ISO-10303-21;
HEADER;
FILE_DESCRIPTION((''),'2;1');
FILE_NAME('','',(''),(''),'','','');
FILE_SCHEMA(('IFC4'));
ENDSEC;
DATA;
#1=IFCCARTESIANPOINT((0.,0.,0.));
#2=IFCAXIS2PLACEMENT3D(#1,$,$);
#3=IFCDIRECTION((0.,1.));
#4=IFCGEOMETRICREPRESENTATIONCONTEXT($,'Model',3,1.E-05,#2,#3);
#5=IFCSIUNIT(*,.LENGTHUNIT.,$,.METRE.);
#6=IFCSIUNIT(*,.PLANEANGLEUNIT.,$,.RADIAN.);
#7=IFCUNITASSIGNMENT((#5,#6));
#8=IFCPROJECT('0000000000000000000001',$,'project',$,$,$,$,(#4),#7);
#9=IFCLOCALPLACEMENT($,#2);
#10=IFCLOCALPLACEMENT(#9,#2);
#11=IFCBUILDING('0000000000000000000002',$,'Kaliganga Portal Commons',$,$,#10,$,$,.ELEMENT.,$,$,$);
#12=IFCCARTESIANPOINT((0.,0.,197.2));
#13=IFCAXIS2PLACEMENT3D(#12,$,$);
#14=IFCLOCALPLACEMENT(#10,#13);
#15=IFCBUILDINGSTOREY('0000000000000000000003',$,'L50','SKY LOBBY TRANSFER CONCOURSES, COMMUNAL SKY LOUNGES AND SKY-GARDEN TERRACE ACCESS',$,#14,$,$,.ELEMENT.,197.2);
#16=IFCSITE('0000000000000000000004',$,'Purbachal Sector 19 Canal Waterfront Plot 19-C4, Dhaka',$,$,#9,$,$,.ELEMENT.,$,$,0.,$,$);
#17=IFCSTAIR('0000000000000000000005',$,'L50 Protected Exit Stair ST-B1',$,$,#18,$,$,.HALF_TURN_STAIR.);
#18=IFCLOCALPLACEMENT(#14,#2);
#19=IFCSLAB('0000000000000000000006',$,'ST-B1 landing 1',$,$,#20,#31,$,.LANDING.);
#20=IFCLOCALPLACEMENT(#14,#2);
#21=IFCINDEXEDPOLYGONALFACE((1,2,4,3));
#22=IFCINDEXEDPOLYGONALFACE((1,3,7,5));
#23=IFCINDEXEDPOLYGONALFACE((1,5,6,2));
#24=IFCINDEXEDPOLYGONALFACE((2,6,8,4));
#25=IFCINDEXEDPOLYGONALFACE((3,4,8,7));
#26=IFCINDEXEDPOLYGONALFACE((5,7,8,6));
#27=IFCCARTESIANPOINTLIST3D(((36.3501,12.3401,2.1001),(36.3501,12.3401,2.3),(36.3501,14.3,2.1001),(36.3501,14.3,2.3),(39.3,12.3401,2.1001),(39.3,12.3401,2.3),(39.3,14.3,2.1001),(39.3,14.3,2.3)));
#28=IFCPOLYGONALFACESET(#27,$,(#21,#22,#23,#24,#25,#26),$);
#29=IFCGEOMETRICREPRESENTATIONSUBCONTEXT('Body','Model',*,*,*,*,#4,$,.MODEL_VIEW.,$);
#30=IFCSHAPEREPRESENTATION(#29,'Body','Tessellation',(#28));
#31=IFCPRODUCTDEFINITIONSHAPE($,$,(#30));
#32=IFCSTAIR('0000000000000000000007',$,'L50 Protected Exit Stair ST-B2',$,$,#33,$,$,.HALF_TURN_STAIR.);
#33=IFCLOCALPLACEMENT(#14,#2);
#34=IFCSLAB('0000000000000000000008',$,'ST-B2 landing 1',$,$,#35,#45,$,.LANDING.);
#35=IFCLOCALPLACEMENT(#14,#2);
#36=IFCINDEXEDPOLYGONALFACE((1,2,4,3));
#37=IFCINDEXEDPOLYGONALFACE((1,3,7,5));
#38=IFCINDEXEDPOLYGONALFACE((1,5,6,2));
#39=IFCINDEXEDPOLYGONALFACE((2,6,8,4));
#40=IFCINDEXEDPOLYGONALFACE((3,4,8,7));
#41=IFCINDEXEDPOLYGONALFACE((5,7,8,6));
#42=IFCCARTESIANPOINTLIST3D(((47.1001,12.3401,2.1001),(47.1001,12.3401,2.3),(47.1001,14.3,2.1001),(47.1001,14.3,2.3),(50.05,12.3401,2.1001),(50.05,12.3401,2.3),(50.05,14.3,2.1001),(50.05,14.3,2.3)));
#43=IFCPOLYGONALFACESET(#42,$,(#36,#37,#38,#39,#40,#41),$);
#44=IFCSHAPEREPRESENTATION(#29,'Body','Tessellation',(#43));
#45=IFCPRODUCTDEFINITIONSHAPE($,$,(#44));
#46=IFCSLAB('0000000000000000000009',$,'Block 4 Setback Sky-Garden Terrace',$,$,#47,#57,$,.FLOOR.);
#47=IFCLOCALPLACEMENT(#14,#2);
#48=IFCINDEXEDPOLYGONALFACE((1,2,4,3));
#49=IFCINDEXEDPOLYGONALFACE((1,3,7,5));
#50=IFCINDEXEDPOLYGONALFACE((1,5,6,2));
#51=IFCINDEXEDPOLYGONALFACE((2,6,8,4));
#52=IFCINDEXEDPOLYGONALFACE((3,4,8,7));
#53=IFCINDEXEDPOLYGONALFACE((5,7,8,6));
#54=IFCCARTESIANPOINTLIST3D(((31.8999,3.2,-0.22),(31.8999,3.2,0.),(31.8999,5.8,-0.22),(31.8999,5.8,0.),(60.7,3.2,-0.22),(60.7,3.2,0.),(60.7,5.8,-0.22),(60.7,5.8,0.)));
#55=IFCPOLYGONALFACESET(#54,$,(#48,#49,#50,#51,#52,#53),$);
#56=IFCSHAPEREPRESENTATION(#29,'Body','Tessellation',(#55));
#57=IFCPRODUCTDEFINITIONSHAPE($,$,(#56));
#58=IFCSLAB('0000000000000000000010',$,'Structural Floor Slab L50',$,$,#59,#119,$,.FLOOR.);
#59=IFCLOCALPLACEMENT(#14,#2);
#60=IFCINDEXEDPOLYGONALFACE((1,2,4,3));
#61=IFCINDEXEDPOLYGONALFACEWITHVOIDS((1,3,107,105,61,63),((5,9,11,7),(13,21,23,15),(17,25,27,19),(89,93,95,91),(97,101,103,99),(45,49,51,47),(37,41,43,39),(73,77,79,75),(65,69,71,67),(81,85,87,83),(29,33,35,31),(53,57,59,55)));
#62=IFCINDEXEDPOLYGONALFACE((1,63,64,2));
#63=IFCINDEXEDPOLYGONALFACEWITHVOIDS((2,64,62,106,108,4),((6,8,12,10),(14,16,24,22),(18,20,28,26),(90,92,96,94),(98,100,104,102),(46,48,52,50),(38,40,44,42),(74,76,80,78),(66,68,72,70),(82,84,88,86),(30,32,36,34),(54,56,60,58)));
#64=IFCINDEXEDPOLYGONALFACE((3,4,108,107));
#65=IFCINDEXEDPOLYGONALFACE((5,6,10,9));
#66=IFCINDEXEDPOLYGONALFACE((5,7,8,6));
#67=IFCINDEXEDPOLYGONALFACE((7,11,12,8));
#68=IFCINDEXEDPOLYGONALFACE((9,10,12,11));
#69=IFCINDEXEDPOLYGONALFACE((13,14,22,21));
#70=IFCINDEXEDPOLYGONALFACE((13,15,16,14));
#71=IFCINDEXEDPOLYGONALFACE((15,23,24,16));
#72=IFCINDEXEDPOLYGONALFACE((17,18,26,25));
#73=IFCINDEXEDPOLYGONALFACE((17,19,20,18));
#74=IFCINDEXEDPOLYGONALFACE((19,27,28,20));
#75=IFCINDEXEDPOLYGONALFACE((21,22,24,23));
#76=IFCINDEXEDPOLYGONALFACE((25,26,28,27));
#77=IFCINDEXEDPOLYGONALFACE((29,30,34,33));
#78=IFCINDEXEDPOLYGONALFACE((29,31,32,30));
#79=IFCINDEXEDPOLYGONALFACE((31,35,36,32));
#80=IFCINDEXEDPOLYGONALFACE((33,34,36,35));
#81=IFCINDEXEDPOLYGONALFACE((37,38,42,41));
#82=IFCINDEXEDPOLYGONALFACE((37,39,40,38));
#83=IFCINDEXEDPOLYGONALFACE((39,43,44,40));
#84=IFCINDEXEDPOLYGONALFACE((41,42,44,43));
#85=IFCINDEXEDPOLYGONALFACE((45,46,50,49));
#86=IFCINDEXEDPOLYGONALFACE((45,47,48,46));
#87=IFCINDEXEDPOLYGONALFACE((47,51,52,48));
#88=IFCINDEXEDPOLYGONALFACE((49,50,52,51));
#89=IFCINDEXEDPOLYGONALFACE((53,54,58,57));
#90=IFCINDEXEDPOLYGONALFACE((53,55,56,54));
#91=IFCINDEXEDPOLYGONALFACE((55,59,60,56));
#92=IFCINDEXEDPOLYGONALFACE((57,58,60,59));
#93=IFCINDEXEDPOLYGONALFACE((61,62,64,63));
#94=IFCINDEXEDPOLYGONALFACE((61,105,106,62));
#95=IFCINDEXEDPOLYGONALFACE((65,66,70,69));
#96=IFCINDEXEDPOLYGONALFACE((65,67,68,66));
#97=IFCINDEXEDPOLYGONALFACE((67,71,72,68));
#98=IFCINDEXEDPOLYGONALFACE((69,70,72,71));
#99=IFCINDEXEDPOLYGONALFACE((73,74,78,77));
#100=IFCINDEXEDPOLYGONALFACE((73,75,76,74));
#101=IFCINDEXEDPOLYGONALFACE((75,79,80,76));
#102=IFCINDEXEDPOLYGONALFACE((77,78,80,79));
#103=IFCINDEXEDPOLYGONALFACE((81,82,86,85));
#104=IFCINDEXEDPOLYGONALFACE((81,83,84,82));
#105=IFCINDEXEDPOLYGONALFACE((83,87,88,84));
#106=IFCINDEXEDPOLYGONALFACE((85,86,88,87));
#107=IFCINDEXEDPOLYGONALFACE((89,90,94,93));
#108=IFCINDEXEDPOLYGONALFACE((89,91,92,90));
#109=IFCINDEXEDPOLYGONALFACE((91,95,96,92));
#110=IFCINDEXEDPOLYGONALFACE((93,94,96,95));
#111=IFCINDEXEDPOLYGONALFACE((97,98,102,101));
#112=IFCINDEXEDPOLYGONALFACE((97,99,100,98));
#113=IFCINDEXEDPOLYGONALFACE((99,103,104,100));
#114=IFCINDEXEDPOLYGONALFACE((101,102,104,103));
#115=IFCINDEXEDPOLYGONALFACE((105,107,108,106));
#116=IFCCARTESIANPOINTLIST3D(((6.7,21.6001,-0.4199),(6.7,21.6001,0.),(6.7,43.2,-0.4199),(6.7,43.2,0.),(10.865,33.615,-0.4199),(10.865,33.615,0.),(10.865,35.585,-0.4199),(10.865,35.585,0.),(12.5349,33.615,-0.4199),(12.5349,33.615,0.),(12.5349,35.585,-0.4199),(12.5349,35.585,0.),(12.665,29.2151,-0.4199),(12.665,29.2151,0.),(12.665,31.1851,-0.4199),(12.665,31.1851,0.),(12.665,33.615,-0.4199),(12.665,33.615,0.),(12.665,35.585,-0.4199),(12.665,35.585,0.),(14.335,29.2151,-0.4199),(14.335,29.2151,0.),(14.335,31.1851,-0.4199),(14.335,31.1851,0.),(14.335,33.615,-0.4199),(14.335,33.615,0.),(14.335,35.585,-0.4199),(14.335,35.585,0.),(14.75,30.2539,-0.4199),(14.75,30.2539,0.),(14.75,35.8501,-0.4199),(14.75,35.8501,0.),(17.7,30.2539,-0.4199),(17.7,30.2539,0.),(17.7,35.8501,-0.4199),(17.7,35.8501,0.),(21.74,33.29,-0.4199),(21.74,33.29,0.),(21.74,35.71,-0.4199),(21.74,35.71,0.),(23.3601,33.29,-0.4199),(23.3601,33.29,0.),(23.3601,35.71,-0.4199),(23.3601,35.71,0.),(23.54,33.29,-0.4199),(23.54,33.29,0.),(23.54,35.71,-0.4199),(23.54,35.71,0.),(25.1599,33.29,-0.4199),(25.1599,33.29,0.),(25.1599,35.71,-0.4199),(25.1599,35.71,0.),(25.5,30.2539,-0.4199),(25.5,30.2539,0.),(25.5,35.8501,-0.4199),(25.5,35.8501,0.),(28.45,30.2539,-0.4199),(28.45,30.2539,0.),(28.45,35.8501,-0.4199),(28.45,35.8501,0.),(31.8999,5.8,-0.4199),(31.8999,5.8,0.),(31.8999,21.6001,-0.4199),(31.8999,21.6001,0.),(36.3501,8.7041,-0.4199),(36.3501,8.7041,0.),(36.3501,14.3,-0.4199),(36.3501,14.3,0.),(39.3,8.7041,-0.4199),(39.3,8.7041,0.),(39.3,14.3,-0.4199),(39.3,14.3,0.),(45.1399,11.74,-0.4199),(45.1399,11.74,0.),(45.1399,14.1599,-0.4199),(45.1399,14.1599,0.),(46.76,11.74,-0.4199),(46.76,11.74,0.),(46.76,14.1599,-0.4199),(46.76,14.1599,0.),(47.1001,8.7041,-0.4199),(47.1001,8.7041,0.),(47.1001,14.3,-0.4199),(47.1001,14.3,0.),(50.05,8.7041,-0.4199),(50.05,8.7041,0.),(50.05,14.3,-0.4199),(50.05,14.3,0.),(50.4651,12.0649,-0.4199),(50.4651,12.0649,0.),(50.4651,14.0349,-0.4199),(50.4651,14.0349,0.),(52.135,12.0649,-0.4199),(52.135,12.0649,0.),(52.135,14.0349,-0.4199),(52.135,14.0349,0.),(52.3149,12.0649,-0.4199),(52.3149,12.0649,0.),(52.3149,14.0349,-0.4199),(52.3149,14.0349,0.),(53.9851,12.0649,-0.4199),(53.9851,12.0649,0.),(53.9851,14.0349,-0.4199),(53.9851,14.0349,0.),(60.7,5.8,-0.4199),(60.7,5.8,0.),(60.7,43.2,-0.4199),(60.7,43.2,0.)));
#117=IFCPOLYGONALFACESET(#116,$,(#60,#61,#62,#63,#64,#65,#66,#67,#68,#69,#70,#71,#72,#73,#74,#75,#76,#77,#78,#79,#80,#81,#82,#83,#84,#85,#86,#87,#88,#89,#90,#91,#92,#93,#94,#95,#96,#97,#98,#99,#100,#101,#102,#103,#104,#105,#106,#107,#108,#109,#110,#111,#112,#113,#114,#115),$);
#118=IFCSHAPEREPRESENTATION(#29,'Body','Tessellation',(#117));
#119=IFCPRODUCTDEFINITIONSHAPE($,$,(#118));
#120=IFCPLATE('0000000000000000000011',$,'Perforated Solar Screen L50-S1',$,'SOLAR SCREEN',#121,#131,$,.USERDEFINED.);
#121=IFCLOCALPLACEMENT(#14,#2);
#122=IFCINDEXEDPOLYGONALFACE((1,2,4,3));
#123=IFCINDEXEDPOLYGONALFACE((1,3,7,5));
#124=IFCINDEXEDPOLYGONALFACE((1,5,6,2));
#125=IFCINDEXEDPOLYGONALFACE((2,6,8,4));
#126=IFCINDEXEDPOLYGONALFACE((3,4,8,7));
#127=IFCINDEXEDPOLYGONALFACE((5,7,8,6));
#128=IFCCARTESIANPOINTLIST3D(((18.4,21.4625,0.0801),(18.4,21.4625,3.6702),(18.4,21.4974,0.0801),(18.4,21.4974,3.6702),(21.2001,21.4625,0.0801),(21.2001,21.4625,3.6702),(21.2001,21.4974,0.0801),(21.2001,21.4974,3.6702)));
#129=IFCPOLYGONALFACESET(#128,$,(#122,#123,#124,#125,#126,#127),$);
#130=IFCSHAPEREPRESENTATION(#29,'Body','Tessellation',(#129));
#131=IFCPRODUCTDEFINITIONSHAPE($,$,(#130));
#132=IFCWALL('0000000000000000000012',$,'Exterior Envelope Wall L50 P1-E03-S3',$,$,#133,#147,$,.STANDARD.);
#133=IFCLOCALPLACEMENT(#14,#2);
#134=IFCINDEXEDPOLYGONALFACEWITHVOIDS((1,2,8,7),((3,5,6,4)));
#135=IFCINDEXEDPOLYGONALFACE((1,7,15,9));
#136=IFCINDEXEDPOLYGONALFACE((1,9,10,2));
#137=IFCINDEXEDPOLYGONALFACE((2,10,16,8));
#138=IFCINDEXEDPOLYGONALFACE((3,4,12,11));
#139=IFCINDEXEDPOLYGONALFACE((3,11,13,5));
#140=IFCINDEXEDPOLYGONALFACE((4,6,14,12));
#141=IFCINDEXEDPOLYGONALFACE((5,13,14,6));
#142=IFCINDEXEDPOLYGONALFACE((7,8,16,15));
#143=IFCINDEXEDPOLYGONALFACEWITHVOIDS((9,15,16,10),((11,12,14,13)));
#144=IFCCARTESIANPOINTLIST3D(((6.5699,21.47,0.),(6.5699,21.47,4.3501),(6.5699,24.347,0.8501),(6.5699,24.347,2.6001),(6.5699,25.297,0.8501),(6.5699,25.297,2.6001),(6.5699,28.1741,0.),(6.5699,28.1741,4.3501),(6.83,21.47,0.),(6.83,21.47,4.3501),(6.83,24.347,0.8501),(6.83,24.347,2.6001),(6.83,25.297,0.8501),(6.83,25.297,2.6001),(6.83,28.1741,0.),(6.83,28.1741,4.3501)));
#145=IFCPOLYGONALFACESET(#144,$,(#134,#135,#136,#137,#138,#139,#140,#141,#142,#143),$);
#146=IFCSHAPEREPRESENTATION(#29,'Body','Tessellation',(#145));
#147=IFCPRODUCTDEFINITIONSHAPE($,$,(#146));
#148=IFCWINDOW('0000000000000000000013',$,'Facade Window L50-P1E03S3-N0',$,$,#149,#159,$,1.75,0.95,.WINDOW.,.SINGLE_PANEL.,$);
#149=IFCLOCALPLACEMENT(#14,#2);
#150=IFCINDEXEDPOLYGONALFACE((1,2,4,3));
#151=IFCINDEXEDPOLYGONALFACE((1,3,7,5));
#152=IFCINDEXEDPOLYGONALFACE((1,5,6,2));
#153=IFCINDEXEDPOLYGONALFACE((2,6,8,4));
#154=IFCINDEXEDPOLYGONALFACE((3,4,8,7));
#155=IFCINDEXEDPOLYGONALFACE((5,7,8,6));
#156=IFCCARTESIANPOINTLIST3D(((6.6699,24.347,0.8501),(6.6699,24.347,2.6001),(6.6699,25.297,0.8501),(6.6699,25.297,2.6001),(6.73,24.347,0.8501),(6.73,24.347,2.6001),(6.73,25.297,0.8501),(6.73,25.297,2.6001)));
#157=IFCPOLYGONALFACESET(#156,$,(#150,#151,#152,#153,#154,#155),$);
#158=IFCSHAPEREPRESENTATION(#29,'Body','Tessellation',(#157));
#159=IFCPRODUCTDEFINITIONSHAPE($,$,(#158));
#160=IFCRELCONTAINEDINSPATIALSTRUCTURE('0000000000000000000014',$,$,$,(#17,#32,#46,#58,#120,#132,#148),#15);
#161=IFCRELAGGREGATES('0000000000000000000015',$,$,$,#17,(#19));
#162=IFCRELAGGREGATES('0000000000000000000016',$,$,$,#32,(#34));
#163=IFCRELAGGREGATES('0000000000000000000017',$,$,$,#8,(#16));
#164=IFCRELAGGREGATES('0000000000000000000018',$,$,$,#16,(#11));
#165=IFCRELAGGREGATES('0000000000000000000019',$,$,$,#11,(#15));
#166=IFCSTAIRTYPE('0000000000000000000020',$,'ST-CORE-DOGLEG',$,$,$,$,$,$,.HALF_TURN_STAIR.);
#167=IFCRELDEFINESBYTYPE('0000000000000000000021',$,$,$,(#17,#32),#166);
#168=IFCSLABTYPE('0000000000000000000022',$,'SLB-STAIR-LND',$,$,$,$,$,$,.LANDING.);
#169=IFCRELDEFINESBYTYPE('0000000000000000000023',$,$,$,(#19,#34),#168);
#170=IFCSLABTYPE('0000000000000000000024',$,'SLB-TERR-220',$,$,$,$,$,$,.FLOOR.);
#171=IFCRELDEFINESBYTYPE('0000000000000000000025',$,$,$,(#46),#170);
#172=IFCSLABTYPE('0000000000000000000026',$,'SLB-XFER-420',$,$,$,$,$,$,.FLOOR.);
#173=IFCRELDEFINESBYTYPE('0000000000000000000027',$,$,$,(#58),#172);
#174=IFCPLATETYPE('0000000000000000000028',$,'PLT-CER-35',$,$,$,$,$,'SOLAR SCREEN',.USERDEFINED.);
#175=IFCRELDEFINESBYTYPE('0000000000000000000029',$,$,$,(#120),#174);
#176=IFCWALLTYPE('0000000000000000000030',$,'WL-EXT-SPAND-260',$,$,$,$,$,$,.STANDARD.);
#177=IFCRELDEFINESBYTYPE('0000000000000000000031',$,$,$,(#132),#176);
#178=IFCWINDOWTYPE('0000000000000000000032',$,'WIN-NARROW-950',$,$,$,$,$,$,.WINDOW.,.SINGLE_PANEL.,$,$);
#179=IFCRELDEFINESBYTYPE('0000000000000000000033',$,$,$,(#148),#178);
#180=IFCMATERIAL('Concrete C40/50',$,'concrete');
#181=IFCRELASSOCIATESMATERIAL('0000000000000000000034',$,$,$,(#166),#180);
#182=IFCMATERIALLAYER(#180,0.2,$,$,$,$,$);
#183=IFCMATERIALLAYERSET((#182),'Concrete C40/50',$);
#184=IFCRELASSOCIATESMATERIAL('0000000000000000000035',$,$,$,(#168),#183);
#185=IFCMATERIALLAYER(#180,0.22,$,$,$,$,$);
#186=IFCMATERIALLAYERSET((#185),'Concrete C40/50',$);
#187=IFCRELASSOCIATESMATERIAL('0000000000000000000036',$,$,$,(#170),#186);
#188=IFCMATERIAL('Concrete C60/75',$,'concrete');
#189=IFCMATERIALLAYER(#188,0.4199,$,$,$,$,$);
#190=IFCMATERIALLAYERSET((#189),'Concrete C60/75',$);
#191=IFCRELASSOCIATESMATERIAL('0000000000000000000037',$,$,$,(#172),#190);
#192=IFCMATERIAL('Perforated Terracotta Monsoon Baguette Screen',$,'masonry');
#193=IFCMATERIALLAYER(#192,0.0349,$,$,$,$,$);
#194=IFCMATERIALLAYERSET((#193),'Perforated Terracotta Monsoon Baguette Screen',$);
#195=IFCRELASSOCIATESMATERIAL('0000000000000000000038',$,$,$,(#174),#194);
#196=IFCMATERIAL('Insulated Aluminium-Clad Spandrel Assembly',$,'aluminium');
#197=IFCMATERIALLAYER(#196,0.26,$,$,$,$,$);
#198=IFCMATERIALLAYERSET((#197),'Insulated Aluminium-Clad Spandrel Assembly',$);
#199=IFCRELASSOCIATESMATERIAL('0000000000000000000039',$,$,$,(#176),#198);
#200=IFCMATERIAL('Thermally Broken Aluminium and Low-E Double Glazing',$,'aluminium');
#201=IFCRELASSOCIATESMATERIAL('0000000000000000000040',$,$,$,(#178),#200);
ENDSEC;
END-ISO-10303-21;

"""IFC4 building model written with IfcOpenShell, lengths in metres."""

from ifc_helpers import new_model, si_unit, direction, frame, frame_2d, origin, origin_2d, place, context, subcontext, project, spatial, polyline, rectangle, outline, extrude, source, transform, mapped, material, layer, layer_set, type_object, element, fill, aggregate, save


model = new_model("IFC4")

# Units and contexts
model_context = context("Model", 3, precision=1e-05, world=origin(), true_north=direction((0.0, 1.0)))
body_context = subcontext(model_context, "Body", "Model", "MODEL_VIEW")
ifc_project = project(units=[si_unit("LENGTHUNIT", "METRE"), si_unit("PLANEANGLEUNIT", "RADIAN")], contexts=[model_context])

# Site, building, storey
site_placement = place(None, origin())
site = spatial("IfcSite", under=ifc_project, at=site_placement, Name="Purbachal Sector 19 Canal Waterfront Plot 19-C4, Dhaka", CompositionType="ELEMENT", RefElevation=0.0)
building_placement = place(site_placement, origin())
building = spatial("IfcBuilding", under=site, at=building_placement, Name="Kaliganga Portal Commons", CompositionType="ELEMENT")
storey_placement = place(building_placement, frame((0.0, 0.0, 197.2)))
storey = spatial("IfcBuildingStorey", under=building, at=storey_placement, Name="L50", Description="SKY LOBBY TRANSFER CONCOURSES, COMMUNAL SKY LOUNGES AND SKY-GARDEN TERRACE ACCESS", CompositionType="ELEMENT", Elevation=197.2)

# Shared definitions
ifc_material_1 = material(Name="Concrete C40/50", Category="concrete")

# Stairs, slabs
stair_type = type_object("IfcStairType", Name="ST-CORE-DOGLEG", PredefinedType="HALF_TURN_STAIR", material=ifc_material_1)
ifc_layer_1 = layer(ifc_material_1, 0.2)
ifc_layer_set_1 = layer_set([ifc_layer_1], Name="Concrete C40/50")
slab_type_1 = type_object("IfcSlabType", Name="SLB-STAIR-LND", PredefinedType="LANDING", material=ifc_layer_set_1)
stair_1_placement = place(storey_placement, origin())
stair_1 = element("IfcStair", 1, at=stair_1_placement, inside=storey, type_object=stair_type, Name="L50 Protected Exit Stair ST-B1", PredefinedType="HALF_TURN_STAIR")
slab_1_placement = place(storey_placement, frame((0.0, 0.0, 2.1001)))
slab_1 = element("IfcSlab", 2, at=slab_1_placement, type_object=slab_type_1, Name="ST-B1 landing 1", PredefinedType="LANDING", context=body_context, shape_type="SweptSolid", body=[
    extrude(outline(polyline([(39.3, 12.3401), (39.3, 14.3), (36.3501, 14.3), (36.3501, 12.3401), (39.3, 12.3401)])), origin(), (0.0, 0.0, 1.0), 0.2),
])
aggregate(stair_1, [slab_1])
stair_2_placement = place(storey_placement, origin())
stair_2 = element("IfcStair", 3, at=stair_2_placement, inside=storey, type_object=stair_type, Name="L50 Protected Exit Stair ST-B2", PredefinedType="HALF_TURN_STAIR")
slab_2_placement = place(storey_placement, frame((0.0, 0.0, 2.1001)))
slab_2 = element("IfcSlab", 4, at=slab_2_placement, type_object=slab_type_1, Name="ST-B2 landing 1", PredefinedType="LANDING", context=body_context, shape_type="SweptSolid", body=[
    extrude(outline(polyline([(50.05, 12.3401), (50.05, 14.3), (47.1001, 14.3), (47.1001, 12.3401), (50.05, 12.3401)])), origin(), (0.0, 0.0, 1.0), 0.2),
])
aggregate(stair_2, [slab_2])

# Slabs
ifc_layer_2 = layer(ifc_material_1, 0.22)
ifc_layer_set_2 = layer_set([ifc_layer_2], Name="Concrete C40/50")
slab_type_2 = type_object("IfcSlabType", Name="SLB-TERR-220", PredefinedType="FLOOR", material=ifc_layer_set_2)
slab_3_placement = place(storey_placement, frame((0.0, 0.0, -0.22)))
element("IfcSlab", 5, at=slab_3_placement, inside=storey, type_object=slab_type_2, Name="Block 4 Setback Sky-Garden Terrace", PredefinedType="FLOOR", context=body_context, shape_type="SweptSolid", body=[
    extrude(outline(polyline([(31.8999, 3.2), (60.7, 3.2), (60.7, 5.8), (31.8999, 5.8), (31.8999, 3.2)])), origin(), (0.0, 0.0, 1.0), 0.22),
])
ifc_material_2 = material(Name="Concrete C60/75", Category="concrete")
ifc_layer_3 = layer(ifc_material_2, 0.4199)
ifc_layer_set_3 = layer_set([ifc_layer_3], Name="Concrete C60/75")
slab_type_3 = type_object("IfcSlabType", Name="SLB-XFER-420", PredefinedType="FLOOR", material=ifc_layer_set_3)
slab_4_placement = place(storey_placement, frame((0.0, 0.0, -0.4199)))
element("IfcSlab", 6, at=slab_4_placement, inside=storey, type_object=slab_type_3, Name="Structural Floor Slab L50", PredefinedType="FLOOR", context=body_context, shape_type="SweptSolid", body=[
    extrude(outline(polyline([(31.8999, 5.8), (60.7, 5.8), (60.7, 43.2), (6.7, 43.2), (6.7, 21.6001), (31.8999, 21.6001), (31.8999, 5.8)]), holes=[polyline([(14.75, 30.2539), (14.75, 35.8501), (17.7, 35.8501), (17.7, 30.2539), (14.75, 30.2539)]), polyline([(25.5, 30.2539), (25.5, 35.8501), (28.45, 35.8501), (28.45, 30.2539), (25.5, 30.2539)]), polyline([(36.3501, 8.7041), (36.3501, 14.3), (39.3, 14.3), (39.3, 8.7041), (36.3501, 8.7041)]), polyline([(47.1001, 8.7041), (47.1001, 14.3), (50.05, 14.3), (50.05, 8.7041), (47.1001, 8.7041)]), polyline([(12.665, 33.615), (12.665, 35.585), (14.335, 35.585), (14.335, 33.615), (12.665, 33.615)]), polyline([(12.665, 29.2151), (12.665, 31.1851), (14.335, 31.1851), (14.335, 29.2151), (12.665, 29.2151)]), polyline([(10.865, 33.615), (10.865, 35.585), (12.5349, 35.585), (12.5349, 33.615), (10.865, 33.615)]), polyline([(21.74, 33.29), (21.74, 35.71), (23.3601, 35.71), (23.3601, 33.29), (21.74, 33.29)]), polyline([(23.54, 33.29), (23.54, 35.71), (25.1599, 35.71), (25.1599, 33.29), (23.54, 33.29)]), polyline([(50.4651, 12.0649), (50.4651, 14.0349), (52.135, 14.0349), (52.135, 12.0649), (50.4651, 12.0649)]), polyline([(52.3149, 12.0649), (52.3149, 14.0349), (53.9851, 14.0349), (53.9851, 12.0649), (52.3149, 12.0649)]), polyline([(45.1399, 11.74), (45.1399, 14.1599), (46.76, 14.1599), (46.76, 11.74), (45.1399, 11.74)])]), origin(), (0.0, 0.0, 1.0), 0.4199),
])

# Plate
ifc_material_3 = material(Name="Perforated Terracotta Monsoon Baguette Screen", Category="masonry")
ifc_layer_4 = layer(ifc_material_3, 0.0349)
ifc_layer_set_4 = layer_set([ifc_layer_4], Name="Perforated Terracotta Monsoon Baguette Screen")
plate_type = type_object("IfcPlateType", Name="PLT-CER-35", ElementType="SOLAR SCREEN", PredefinedType="USERDEFINED", material=ifc_layer_set_4)
shared_shape_1 = source(origin(), body_context, "Body", "SweptSolid", [
    extrude(rectangle(XDim=2.8, YDim=0.0349, at=origin_2d()), origin(), (0.0, 0.0, 1.0), 3.5901),
])
plate_placement = place(storey_placement, frame((19.8, 21.48, 0.0801), z_axis=(0.0, 0.0, 1.0), x_axis=(1.0, 0.0, 0.0)))
element("IfcPlate", 7, at=plate_placement, inside=storey, type_object=plate_type, Name="Perforated Solar Screen L50-S1", ObjectType="SOLAR SCREEN", PredefinedType="USERDEFINED", context=body_context, shape_type="MappedRepresentation", body=[
    mapped(shared_shape_1, transform((0.0, 0.0, 0.0), x_axis=(1.0, 0.0, 0.0), y_axis=(0.0, 1.0, 0.0), z_axis=(0.0, 0.0, 1.0), scale=1.0)),
])

# Wall, opening, window
ifc_material_4 = material(Name="Insulated Aluminium-Clad Spandrel Assembly", Category="aluminium")
ifc_layer_5 = layer(ifc_material_4, 0.26)
ifc_layer_set_5 = layer_set([ifc_layer_5], Name="Insulated Aluminium-Clad Spandrel Assembly")
wall_type_1 = type_object("IfcWallType", Name="WL-EXT-SPAND-260", PredefinedType="STANDARD", material=ifc_layer_set_5)
wall_1_placement = place(storey_placement, frame((6.7, 21.47, 0.0), z_axis=(0.0, 0.0, 1.0), x_axis=(0.0, 1.0, 0.0)))
wall_1 = element("IfcWall", 8, at=wall_1_placement, inside=storey, type_object=wall_type_1, Name="Exterior Envelope Wall L50 P1-E03-S3", PredefinedType="STANDARD", context=body_context, shape_type="SweptSolid", body=[
    extrude(rectangle(XDim=6.7041, YDim=0.26, at=frame_2d((3.3521, 0.0))), origin(), (0.0, 0.0, 1.0), 4.3501),
])
opening_1_placement = place(wall_1_placement, frame((2.877, 0.0, 0.8501)))
opening_1 = element("IfcOpeningElement", 9, at=opening_1_placement, cuts=wall_1, PredefinedType="OPENING", context=body_context, shape_type="SweptSolid", body=[
    extrude(rectangle(XDim=0.95, YDim=1.75, at=frame_2d((0.4751, 0.875))), frame((0.0, 0.1401, 0.0), z_axis=(0.0, -1.0, 0.0), x_axis=(1.0, 0.0, 0.0)), (0.0, 0.0, 1.0), 0.28),
])
ifc_material_5 = material(Name="Thermally Broken Aluminium and Low-E Double Glazing", Category="aluminium")
window_type_1 = type_object("IfcWindowType", Name="WIN-NARROW-950", PartitioningType="SINGLE_PANEL", PredefinedType="WINDOW", material=ifc_material_5)
window_1_placement = place(opening_1_placement, origin())
window_1 = element("IfcWindow", 10, at=window_1_placement, inside=storey, type_object=window_type_1, Name="Facade Window L50-P1E03S3-N0", OverallHeight=1.75, OverallWidth=0.95, PartitioningType="SINGLE_PANEL", PredefinedType="WINDOW", context=body_context, shape_type="SweptSolid", body=[
    extrude(rectangle(XDim=0.95, YDim=1.75, at=frame_2d((0.4751, 0.875))), frame((0.0, 0.03, 0.0), z_axis=(0.0, -1.0, 0.0), x_axis=(1.0, 0.0, 0.0)), (0.0, 0.0, 1.0), 0.0601),
])
fill(opening_1, window_1)

save(model, "model.ifc")
